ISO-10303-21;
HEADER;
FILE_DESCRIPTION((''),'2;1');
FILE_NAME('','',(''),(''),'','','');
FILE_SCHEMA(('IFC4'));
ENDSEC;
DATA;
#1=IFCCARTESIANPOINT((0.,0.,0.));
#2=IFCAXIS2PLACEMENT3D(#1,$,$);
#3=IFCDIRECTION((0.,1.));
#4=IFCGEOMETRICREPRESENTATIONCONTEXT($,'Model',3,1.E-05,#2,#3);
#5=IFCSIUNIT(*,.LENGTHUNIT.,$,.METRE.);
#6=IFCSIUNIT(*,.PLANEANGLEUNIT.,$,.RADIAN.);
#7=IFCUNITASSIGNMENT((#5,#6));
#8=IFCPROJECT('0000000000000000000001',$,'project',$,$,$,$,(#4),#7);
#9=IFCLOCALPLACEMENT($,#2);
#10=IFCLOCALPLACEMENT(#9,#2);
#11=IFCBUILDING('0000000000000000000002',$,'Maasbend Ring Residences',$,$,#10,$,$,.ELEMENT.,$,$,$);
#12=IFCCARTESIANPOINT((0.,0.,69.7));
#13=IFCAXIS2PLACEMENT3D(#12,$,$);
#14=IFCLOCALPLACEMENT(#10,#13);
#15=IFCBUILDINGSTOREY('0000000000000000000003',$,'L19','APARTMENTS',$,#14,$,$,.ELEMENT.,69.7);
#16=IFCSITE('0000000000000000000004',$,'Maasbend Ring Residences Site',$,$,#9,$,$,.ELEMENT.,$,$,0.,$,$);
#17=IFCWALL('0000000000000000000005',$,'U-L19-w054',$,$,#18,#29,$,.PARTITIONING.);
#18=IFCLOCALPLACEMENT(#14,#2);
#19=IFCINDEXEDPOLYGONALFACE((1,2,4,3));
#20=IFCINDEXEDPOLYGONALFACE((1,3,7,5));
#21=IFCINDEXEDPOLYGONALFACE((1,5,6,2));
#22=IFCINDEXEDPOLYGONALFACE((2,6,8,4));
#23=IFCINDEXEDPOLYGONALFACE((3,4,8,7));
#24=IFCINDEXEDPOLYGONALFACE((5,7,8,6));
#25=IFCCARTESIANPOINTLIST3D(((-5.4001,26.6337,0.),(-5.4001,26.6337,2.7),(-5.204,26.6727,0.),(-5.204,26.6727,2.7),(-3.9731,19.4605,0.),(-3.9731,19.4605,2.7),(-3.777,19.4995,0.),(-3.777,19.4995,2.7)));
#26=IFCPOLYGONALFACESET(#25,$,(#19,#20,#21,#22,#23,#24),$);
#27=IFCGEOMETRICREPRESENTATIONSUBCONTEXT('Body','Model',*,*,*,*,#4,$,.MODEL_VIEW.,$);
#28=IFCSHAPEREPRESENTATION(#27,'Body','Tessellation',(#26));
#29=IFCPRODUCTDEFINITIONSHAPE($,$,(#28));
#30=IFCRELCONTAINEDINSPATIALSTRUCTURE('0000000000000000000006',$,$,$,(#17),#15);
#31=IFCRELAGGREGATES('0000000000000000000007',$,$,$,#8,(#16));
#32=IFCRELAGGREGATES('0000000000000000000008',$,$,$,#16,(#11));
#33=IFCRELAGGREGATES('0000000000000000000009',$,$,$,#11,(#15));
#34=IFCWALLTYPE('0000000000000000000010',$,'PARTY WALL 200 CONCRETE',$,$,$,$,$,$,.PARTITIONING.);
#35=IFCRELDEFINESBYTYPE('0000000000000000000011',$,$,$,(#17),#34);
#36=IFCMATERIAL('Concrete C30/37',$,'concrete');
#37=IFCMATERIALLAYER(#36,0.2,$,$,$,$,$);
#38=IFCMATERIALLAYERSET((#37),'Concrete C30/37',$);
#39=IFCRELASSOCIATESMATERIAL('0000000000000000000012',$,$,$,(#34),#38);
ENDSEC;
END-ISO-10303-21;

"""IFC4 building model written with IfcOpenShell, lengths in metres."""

from ifc_helpers import new_model, si_unit, direction, frame, frame_2d, origin, place, context, subcontext, project, spatial, rectangle, extrude, material, layer, layer_set, type_object, element, save


model = new_model("IFC4")

# Units and contexts
model_context = context("Model", 3, precision=1e-05, world=origin(), true_north=direction((0.0, 1.0)))
body_context = subcontext(model_context, "Body", "Model", "MODEL_VIEW")
ifc_project = project(units=[si_unit("LENGTHUNIT", "METRE"), si_unit("PLANEANGLEUNIT", "RADIAN")], contexts=[model_context])

# Site, building, storey
site_placement = place(None, origin())
site = spatial("IfcSite", under=ifc_project, at=site_placement, Name="Maasbend Ring Residences Site", CompositionType="ELEMENT", RefElevation=0.0)
building_placement = place(site_placement, origin())
building = spatial("IfcBuilding", under=site, at=building_placement, Name="Maasbend Ring Residences", CompositionType="ELEMENT")
storey_placement = place(building_placement, frame((0.0, 0.0, 69.7)))
storey = spatial("IfcBuildingStorey", under=building, at=storey_placement, Name="L19", Description="APARTMENTS", CompositionType="ELEMENT", Elevation=69.7)

# Wall
ifc_material_1 = material(Name="Concrete C30/37", Category="concrete")
ifc_layer_1 = layer(ifc_material_1, 0.2)
ifc_layer_set_1 = layer_set([ifc_layer_1], Name="Concrete C30/37")
wall_type_1 = type_object("IfcWallType", Name="PARTY WALL 200 CONCRETE", PredefinedType="PARTITIONING", material=ifc_layer_set_1)
wall_1_placement = place(storey_placement, frame((-5.302, 26.6531, 0.0), z_axis=(0.0, 0.0, 1.0), x_axis=(0.195115, -0.98078, 0.0)))
element("IfcWall", 1, at=wall_1_placement, inside=storey, type_object=wall_type_1, Name="U-L19-w054", PredefinedType="PARTITIONING", context=body_context, shape_type="SweptSolid", body=[
    extrude(rectangle(XDim=7.3137, YDim=0.2, at=frame_2d((3.6567, 0.0))), origin(), (0.0, 0.0, 1.0), 2.7),
])

save(model, "model.ifc")
